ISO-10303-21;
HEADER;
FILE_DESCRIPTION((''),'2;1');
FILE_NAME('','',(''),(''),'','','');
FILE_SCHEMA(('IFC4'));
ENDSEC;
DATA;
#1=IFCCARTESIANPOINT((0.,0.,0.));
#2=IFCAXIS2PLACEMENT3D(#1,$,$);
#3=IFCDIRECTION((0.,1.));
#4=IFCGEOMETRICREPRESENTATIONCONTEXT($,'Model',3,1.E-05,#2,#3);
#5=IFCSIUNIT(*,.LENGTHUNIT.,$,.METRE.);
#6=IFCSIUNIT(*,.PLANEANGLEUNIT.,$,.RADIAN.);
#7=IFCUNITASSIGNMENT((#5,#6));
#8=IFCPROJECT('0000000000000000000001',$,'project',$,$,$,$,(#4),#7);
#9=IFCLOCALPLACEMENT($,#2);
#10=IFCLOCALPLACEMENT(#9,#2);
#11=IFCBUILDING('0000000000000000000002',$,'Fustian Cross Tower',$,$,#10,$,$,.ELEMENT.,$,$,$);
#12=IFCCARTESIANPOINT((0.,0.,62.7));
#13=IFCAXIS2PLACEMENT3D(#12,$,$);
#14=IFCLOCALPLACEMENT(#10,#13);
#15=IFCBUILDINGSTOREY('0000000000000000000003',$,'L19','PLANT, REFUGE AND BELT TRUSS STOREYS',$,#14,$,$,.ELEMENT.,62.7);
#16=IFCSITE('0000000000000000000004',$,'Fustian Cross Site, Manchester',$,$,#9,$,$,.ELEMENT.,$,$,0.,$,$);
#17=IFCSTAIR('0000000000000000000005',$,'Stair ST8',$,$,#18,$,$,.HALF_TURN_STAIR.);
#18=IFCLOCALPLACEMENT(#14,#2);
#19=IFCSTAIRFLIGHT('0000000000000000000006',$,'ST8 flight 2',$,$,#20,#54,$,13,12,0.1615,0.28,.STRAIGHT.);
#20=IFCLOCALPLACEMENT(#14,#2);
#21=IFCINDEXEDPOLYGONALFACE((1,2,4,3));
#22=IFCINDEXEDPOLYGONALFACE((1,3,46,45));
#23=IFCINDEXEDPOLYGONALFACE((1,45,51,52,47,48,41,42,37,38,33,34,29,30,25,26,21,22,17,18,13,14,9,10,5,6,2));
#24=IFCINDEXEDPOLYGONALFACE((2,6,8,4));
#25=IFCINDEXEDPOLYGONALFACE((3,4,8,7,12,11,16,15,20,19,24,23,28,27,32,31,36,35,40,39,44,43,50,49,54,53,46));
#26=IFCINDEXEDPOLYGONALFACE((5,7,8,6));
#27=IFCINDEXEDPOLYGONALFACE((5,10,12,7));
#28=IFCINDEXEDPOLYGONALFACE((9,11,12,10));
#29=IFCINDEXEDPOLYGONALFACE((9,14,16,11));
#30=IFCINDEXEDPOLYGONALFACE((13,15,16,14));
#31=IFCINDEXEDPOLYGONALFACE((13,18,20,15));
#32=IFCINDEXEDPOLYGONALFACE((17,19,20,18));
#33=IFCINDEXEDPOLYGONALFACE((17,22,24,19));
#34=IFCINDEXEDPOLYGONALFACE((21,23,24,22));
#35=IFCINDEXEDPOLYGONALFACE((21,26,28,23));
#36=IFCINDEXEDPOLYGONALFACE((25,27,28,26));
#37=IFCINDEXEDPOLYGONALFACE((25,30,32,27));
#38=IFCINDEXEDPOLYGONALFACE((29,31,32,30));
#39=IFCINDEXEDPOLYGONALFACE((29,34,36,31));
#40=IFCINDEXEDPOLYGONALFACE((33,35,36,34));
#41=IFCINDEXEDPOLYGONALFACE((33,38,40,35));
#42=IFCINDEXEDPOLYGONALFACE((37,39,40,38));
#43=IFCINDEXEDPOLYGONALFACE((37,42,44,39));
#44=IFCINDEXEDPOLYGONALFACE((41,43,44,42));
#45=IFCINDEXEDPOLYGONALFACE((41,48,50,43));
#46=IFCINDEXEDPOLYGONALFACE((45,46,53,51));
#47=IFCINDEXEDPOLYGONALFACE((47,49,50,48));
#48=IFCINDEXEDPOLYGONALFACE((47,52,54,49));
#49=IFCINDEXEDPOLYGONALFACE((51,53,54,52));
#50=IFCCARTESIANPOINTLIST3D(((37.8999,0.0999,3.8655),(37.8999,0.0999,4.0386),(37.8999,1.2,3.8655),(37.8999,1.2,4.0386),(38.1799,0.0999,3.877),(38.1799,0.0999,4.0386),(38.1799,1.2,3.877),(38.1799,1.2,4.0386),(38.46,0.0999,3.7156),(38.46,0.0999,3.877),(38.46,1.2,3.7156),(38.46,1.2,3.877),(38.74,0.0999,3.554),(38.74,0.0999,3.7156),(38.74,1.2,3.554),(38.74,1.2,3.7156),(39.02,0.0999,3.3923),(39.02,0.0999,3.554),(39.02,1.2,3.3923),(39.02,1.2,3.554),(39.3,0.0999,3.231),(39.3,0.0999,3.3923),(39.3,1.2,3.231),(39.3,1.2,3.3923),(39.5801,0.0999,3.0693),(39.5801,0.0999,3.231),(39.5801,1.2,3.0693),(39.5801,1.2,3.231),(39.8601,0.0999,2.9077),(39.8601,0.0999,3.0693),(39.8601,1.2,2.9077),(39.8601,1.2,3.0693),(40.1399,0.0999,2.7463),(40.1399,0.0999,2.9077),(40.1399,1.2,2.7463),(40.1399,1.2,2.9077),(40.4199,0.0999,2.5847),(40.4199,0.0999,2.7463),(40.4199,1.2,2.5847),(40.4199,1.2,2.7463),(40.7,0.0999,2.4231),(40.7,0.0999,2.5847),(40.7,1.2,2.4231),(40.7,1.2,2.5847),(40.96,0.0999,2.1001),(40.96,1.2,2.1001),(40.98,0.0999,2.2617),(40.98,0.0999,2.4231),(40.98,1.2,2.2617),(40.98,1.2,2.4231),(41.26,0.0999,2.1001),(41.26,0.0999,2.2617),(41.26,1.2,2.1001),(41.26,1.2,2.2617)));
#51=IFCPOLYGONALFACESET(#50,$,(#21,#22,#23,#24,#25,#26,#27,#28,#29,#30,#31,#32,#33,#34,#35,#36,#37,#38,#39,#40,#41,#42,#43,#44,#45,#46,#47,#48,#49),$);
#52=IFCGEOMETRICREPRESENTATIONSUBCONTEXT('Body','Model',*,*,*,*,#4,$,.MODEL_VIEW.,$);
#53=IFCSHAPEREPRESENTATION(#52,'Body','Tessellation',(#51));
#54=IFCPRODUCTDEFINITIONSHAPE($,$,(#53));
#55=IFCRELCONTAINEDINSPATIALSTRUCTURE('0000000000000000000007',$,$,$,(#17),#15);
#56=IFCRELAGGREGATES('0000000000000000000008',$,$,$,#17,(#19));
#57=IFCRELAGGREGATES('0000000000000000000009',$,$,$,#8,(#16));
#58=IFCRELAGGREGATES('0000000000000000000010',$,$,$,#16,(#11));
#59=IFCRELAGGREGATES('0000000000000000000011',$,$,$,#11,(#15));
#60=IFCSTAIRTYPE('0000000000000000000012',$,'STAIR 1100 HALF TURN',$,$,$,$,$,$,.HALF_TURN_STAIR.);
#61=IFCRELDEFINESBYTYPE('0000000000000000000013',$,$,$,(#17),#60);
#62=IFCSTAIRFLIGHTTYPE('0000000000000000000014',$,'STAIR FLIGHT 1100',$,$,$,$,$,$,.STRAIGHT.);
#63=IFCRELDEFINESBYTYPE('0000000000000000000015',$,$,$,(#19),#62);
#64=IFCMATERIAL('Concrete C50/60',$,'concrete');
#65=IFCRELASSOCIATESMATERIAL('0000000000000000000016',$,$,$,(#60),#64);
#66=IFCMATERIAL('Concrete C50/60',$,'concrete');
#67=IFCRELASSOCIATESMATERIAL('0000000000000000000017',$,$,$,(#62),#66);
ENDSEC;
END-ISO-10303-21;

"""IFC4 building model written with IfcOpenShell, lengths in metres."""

from ifc_helpers import new_model, si_unit, direction, frame, origin, place, context, subcontext, project, spatial, polyline, outline, extrude, material, type_object, element, aggregate, save


model = new_model("IFC4")

# Units and contexts
model_context = context("Model", 3, precision=1e-05, world=origin(), true_north=direction((0.0, 1.0)))
body_context = subcontext(model_context, "Body", "Model", "MODEL_VIEW")
ifc_project = project(units=[si_unit("LENGTHUNIT", "METRE"), si_unit("PLANEANGLEUNIT", "RADIAN")], contexts=[model_context])

# Site, building, storey
site_placement = place(None, origin())
site = spatial("IfcSite", under=ifc_project, at=site_placement, Name="Fustian Cross Site, Manchester", CompositionType="ELEMENT", RefElevation=0.0)
building_placement = place(site_placement, origin())
building = spatial("IfcBuilding", under=site, at=building_placement, Name="Fustian Cross Tower", CompositionType="ELEMENT")
storey_placement = place(building_placement, frame((0.0, 0.0, 62.7)))
storey = spatial("IfcBuildingStorey", under=building, at=storey_placement, Name="L19", Description="PLANT, REFUGE AND BELT TRUSS STOREYS", CompositionType="ELEMENT", Elevation=62.7)

# Stair, stair flight
ifc_material_1 = material(Name="Concrete C50/60", Category="concrete")
stair_type = type_object("IfcStairType", Name="STAIR 1100 HALF TURN", PredefinedType="HALF_TURN_STAIR", material=ifc_material_1)
stair_placement = place(storey_placement, origin())
stair = element("IfcStair", 1, at=stair_placement, inside=storey, type_object=stair_type, Name="Stair ST8", PredefinedType="HALF_TURN_STAIR")
ifc_material_2 = material(Name="Concrete C50/60", Category="concrete")
stair_flight_type = type_object("IfcStairFlightType", Name="STAIR FLIGHT 1100", PredefinedType="STRAIGHT", material=ifc_material_2)
stair_flight_1_placement = place(storey_placement, frame((41.26, 0.6499, 2.1001), z_axis=(0.0, 0.0, 1.0), x_axis=(-1.0, 0.0, 0.0)))
stair_flight_1 = element("IfcStairFlight", 2, at=stair_flight_1_placement, type_object=stair_flight_type, Name="ST8 flight 2", NumberOfRisers=13, NumberOfTreads=12, PredefinedType="STRAIGHT", RiserHeight=0.1615, TreadLength=0.28, context=body_context, shape_type="SweptSolid", body=[
    extrude(outline(polyline([(0.0, 0.0), (0.0, 0.1616), (0.28, 0.1616), (0.28, 0.323), (0.5601, 0.323), (0.5601, 0.4846), (0.8401, 0.4846), (0.8401, 0.6462), (1.1201, 0.6462), (1.1201, 0.8076), (1.3999, 0.8076), (1.3999, 0.9692), (1.6799, 0.9692), (1.6799, 1.1309), (1.96, 1.1309), (1.96, 1.2922), (2.24, 1.2922), (2.24, 1.4539), (2.52, 1.4539), (2.52, 1.6155), (2.8, 1.6155), (2.8, 1.7769), (3.0801, 1.7769), (3.0801, 1.9385), (3.3601, 1.9385), (3.3601, 2.1001), (3.3601, 1.7654), (0.3, 0.0), (0.0, 0.0)])), frame((0.0, 0.55, 0.0), z_axis=(0.0, -1.0, 0.0), x_axis=(1.0, 0.0, 0.0)), (0.0, 0.0, 1.0), 1.1001),
])
aggregate(stair, [stair_flight_1])

save(model, "model.ifc")
